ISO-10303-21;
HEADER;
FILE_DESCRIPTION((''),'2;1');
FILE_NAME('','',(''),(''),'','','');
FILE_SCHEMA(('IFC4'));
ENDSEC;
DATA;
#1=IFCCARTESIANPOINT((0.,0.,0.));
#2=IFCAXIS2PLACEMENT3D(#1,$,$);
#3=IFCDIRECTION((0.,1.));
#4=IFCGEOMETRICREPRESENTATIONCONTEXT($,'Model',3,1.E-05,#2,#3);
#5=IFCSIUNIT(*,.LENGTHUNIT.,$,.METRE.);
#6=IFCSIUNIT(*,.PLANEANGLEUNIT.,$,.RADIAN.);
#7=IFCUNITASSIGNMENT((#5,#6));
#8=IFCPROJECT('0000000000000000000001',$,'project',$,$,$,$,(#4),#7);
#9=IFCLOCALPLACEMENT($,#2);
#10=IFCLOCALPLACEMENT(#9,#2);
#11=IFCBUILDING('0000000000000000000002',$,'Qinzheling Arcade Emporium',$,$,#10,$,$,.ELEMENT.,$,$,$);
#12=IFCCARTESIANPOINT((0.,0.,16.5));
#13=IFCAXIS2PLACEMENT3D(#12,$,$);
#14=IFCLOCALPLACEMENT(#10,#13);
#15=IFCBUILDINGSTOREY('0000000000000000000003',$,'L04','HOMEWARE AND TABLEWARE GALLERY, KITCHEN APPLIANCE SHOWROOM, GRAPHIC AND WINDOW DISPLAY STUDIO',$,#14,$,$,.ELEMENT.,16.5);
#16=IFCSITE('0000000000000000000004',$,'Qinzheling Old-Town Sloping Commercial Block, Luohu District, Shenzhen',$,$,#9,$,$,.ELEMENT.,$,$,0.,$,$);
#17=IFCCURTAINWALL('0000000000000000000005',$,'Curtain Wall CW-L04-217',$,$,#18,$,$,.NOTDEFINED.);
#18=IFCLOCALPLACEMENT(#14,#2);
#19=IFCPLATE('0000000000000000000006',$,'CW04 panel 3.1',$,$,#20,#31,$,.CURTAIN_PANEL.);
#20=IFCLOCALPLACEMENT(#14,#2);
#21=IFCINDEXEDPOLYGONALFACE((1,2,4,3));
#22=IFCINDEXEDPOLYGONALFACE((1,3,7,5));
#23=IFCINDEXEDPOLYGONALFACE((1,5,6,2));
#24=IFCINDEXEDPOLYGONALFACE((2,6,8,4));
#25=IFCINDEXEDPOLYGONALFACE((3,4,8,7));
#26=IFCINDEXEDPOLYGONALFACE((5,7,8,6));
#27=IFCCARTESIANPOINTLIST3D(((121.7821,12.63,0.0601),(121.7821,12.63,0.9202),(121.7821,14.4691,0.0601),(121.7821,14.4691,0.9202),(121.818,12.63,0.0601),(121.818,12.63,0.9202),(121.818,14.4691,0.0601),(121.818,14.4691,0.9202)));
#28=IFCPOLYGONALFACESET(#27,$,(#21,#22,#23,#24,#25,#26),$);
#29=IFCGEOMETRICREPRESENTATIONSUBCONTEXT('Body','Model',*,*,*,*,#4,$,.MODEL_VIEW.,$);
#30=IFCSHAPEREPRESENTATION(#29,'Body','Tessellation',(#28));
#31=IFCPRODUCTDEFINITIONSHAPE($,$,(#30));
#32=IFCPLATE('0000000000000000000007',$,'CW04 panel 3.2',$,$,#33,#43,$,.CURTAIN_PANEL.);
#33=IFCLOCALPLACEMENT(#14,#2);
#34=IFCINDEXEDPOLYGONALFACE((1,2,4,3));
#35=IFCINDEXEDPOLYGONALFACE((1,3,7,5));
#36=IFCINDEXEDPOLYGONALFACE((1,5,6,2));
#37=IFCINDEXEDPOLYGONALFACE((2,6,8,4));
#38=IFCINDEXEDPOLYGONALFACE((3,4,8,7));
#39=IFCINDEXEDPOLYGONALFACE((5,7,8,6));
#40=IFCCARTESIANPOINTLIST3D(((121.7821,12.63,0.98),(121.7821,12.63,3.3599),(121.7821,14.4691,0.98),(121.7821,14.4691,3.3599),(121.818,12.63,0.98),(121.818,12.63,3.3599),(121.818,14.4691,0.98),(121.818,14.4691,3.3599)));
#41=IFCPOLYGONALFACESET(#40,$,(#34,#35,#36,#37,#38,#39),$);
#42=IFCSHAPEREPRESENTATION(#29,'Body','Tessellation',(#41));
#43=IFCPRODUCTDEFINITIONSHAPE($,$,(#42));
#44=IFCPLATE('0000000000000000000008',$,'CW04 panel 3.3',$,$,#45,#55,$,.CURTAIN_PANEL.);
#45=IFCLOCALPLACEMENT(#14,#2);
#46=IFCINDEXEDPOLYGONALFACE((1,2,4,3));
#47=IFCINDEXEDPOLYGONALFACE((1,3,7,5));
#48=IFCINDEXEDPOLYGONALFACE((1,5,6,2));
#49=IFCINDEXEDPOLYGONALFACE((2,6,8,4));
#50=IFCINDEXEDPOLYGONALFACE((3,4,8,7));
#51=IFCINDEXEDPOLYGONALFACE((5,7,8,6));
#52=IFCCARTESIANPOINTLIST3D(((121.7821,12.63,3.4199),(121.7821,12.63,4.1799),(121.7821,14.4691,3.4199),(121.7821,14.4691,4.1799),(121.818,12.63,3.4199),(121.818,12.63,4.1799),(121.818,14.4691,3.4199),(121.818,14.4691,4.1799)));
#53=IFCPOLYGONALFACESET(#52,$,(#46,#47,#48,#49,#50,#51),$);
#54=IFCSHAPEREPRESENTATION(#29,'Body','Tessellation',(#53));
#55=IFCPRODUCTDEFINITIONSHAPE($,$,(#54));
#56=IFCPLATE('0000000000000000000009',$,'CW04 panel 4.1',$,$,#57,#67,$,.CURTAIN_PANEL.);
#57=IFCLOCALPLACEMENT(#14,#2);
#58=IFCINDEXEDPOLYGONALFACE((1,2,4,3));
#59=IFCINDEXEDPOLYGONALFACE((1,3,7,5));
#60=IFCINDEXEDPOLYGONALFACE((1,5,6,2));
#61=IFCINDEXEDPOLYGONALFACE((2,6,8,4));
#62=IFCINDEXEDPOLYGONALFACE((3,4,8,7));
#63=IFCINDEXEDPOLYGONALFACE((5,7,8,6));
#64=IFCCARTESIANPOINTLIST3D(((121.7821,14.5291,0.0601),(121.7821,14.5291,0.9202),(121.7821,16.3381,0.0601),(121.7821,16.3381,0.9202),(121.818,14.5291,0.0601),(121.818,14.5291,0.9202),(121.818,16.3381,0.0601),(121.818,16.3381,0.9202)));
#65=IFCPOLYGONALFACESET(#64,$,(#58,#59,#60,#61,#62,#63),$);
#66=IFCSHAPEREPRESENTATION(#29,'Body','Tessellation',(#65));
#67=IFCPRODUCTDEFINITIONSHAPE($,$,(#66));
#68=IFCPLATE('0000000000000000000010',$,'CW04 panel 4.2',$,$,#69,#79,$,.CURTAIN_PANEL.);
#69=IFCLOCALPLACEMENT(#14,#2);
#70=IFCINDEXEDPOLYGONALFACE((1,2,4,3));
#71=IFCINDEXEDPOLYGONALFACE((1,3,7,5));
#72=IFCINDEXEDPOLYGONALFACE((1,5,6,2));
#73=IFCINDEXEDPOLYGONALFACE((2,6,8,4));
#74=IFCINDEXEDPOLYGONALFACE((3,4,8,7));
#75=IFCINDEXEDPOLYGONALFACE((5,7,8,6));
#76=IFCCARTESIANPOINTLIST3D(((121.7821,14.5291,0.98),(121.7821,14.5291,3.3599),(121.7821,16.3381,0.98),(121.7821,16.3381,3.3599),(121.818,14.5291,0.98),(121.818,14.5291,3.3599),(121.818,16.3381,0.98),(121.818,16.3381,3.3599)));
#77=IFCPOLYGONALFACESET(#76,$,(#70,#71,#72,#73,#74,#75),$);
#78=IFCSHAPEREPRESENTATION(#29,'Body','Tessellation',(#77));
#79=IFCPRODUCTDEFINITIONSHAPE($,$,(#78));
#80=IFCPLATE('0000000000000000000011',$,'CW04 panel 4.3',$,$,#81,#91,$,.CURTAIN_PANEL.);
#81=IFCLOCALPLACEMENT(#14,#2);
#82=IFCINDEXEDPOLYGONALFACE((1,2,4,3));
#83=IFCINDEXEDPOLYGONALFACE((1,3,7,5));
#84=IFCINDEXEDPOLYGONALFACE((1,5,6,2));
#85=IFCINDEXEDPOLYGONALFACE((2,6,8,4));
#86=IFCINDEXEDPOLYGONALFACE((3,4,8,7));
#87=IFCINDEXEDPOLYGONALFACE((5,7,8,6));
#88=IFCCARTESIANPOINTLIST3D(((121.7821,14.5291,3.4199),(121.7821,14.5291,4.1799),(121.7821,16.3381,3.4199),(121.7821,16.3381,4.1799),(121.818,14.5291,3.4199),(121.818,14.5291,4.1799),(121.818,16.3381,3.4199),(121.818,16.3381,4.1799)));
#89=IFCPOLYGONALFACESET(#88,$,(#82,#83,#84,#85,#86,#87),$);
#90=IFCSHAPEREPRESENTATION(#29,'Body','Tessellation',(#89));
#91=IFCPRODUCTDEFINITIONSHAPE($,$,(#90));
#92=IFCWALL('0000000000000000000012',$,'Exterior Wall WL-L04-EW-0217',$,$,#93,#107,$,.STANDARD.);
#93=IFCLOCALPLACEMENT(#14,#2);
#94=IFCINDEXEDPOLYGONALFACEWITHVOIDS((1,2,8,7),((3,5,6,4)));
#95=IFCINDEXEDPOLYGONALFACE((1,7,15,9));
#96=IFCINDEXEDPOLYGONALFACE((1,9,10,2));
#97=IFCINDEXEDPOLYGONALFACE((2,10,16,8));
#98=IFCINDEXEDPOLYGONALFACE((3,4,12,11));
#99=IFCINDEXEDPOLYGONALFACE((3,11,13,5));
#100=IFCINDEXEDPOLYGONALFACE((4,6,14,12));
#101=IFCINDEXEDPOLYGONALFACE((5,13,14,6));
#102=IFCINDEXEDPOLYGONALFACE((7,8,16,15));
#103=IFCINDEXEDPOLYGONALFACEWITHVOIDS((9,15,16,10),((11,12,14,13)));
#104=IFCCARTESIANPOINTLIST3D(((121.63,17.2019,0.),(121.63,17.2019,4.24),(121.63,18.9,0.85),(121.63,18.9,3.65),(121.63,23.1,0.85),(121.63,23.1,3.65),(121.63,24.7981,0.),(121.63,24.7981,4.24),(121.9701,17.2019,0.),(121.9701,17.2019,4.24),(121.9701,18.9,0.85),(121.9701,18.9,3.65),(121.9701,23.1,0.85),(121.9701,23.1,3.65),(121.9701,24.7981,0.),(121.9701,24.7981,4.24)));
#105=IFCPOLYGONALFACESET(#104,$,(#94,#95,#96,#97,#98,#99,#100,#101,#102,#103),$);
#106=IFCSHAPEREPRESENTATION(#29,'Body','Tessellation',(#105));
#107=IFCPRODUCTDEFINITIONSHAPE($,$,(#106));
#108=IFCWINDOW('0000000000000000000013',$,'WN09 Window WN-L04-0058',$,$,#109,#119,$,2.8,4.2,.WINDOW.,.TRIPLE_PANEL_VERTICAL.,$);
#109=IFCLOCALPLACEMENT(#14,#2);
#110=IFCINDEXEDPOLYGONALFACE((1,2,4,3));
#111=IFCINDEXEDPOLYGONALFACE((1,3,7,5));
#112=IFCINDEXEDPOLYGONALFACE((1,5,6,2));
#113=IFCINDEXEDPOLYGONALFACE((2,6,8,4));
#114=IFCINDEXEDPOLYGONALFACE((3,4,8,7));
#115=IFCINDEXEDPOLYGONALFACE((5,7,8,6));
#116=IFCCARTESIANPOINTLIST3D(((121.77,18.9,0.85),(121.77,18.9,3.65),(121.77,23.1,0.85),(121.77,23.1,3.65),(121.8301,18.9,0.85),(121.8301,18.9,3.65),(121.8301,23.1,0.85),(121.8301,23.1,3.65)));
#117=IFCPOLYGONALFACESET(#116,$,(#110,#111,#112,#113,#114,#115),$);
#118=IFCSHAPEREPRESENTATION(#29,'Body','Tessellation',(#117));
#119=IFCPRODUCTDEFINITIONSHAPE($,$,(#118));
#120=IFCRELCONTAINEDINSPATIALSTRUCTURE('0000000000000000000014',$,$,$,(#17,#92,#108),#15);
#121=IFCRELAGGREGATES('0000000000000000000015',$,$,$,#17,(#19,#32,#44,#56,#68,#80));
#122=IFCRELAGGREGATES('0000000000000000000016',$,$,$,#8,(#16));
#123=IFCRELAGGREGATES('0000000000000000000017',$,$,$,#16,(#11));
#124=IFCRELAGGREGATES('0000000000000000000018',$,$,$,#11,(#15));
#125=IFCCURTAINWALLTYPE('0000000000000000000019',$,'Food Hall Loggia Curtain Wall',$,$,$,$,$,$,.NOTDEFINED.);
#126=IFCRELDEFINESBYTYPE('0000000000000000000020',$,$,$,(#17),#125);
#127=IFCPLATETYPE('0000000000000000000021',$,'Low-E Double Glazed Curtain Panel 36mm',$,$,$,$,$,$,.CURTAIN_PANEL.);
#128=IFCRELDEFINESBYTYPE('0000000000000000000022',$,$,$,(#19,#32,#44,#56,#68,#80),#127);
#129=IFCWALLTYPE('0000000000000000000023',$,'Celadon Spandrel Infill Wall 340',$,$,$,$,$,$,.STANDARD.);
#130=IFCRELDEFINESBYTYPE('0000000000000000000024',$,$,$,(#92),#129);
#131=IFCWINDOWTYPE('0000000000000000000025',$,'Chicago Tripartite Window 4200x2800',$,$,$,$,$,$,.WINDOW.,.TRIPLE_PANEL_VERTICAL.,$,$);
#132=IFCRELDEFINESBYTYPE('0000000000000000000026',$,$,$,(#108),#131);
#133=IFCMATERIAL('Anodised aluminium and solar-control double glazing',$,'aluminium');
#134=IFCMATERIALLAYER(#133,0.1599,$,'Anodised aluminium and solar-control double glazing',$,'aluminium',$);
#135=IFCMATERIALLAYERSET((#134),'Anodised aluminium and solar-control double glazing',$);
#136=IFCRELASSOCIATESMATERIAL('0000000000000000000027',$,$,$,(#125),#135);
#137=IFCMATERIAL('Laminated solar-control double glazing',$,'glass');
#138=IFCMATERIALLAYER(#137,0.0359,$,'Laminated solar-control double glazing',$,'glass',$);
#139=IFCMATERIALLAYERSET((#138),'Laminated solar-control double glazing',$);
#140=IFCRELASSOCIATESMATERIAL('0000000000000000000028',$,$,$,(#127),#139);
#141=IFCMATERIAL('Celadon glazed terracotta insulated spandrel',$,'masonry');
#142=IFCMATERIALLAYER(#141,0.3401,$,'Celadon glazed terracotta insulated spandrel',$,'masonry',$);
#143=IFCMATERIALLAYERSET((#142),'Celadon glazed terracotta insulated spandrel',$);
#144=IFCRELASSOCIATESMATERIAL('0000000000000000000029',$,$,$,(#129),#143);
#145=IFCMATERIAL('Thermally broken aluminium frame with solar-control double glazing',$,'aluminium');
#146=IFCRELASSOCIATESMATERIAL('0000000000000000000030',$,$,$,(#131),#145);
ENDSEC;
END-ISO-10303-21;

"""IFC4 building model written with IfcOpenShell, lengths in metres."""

from ifc_helpers import new_model, si_unit, direction, frame, frame_2d, origin, origin_2d, place, context, subcontext, project, spatial, rectangle, extrude, material, layer, layer_set, type_object, element, fill, aggregate, save


model = new_model("IFC4")

# Units and contexts
model_context = context("Model", 3, precision=1e-05, world=origin(), true_north=direction((0.0, 1.0)))
body_context = subcontext(model_context, "Body", "Model", "MODEL_VIEW")
ifc_project = project(units=[si_unit("LENGTHUNIT", "METRE"), si_unit("PLANEANGLEUNIT", "RADIAN")], contexts=[model_context])

# Site, building, storey
site_placement = place(None, origin())
site = spatial("IfcSite", under=ifc_project, at=site_placement, Name="Qinzheling Old-Town Sloping Commercial Block, Luohu District, Shenzhen", CompositionType="ELEMENT", RefElevation=0.0)
building_placement = place(site_placement, origin())
building = spatial("IfcBuilding", under=site, at=building_placement, Name="Qinzheling Arcade Emporium", CompositionType="ELEMENT")
storey_placement = place(building_placement, frame((0.0, 0.0, 16.5)))
storey = spatial("IfcBuildingStorey", under=building, at=storey_placement, Name="L04", Description="HOMEWARE AND TABLEWARE GALLERY, KITCHEN APPLIANCE SHOWROOM, GRAPHIC AND WINDOW DISPLAY STUDIO", CompositionType="ELEMENT", Elevation=16.5)

# Curtain wall
ifc_material_1 = material(Name="Anodised aluminium and solar-control double glazing", Category="aluminium")
ifc_layer_1 = layer(ifc_material_1, 0.1599, Name="Anodised aluminium and solar-control double glazing", Category="aluminium")
ifc_layer_set_1 = layer_set([ifc_layer_1], Name="Anodised aluminium and solar-control double glazing")
curtain_wall_type = type_object("IfcCurtainWallType", Name="Food Hall Loggia Curtain Wall", PredefinedType="NOTDEFINED", material=ifc_layer_set_1)
curtain_wall_placement = place(storey_placement, origin())
curtain_wall = element("IfcCurtainWall", 1, at=curtain_wall_placement, inside=storey, type_object=curtain_wall_type, Name="Curtain Wall CW-L04-217", PredefinedType="NOTDEFINED")

# Plates
ifc_material_2 = material(Name="Laminated solar-control double glazing", Category="glass")
ifc_layer_2 = layer(ifc_material_2, 0.0359, Name="Laminated solar-control double glazing", Category="glass")
ifc_layer_set_2 = layer_set([ifc_layer_2], Name="Laminated solar-control double glazing")
plate_type = type_object("IfcPlateType", Name="Low-E Double Glazed Curtain Panel 36mm", PredefinedType="CURTAIN_PANEL", material=ifc_layer_set_2)
plate_1_placement = place(storey_placement, frame((121.8, 13.5496, 0.0601), z_axis=(0.0, 0.0, 1.0), x_axis=(0.0, 1.0, 0.0)))
plate_1 = element("IfcPlate", 2, at=plate_1_placement, type_object=plate_type, Name="CW04 panel 3.1", PredefinedType="CURTAIN_PANEL", context=body_context, shape_type="SweptSolid", body=[
    extrude(rectangle(XDim=1.8391, YDim=0.0359, at=origin_2d()), origin(), (0.0, 0.0, 1.0), 0.8601),
])
plate_2_placement = place(storey_placement, frame((121.8, 13.5496, 0.98), z_axis=(0.0, 0.0, 1.0), x_axis=(0.0, 1.0, 0.0)))
plate_2 = element("IfcPlate", 3, at=plate_2_placement, type_object=plate_type, Name="CW04 panel 3.2", PredefinedType="CURTAIN_PANEL", context=body_context, shape_type="SweptSolid", body=[
    extrude(rectangle(XDim=1.8391, YDim=0.0359, at=origin_2d()), origin(), (0.0, 0.0, 1.0), 2.3799),
])
plate_3_placement = place(storey_placement, frame((121.8, 13.5496, 3.4199), z_axis=(0.0, 0.0, 1.0), x_axis=(0.0, 1.0, 0.0)))
plate_3 = element("IfcPlate", 4, at=plate_3_placement, type_object=plate_type, Name="CW04 panel 3.3", PredefinedType="CURTAIN_PANEL", context=body_context, shape_type="SweptSolid", body=[
    extrude(rectangle(XDim=1.8391, YDim=0.0359, at=origin_2d()), origin(), (0.0, 0.0, 1.0), 0.76),
])
plate_4_placement = place(storey_placement, frame((121.8, 15.4336, 0.0601), z_axis=(0.0, 0.0, 1.0), x_axis=(0.0, 1.0, 0.0)))
plate_4 = element("IfcPlate", 5, at=plate_4_placement, type_object=plate_type, Name="CW04 panel 4.1", PredefinedType="CURTAIN_PANEL", context=body_context, shape_type="SweptSolid", body=[
    extrude(rectangle(XDim=1.8091, YDim=0.0359, at=origin_2d()), origin(), (0.0, 0.0, 1.0), 0.8601),
])
plate_5_placement = place(storey_placement, frame((121.8, 15.4336, 0.98), z_axis=(0.0, 0.0, 1.0), x_axis=(0.0, 1.0, 0.0)))
plate_5 = element("IfcPlate", 6, at=plate_5_placement, type_object=plate_type, Name="CW04 panel 4.2", PredefinedType="CURTAIN_PANEL", context=body_context, shape_type="SweptSolid", body=[
    extrude(rectangle(XDim=1.8091, YDim=0.0359, at=origin_2d()), origin(), (0.0, 0.0, 1.0), 2.3799),
])
plate_6_placement = place(storey_placement, frame((121.8, 15.4336, 3.4199), z_axis=(0.0, 0.0, 1.0), x_axis=(0.0, 1.0, 0.0)))
plate_6 = element("IfcPlate", 7, at=plate_6_placement, type_object=plate_type, Name="CW04 panel 4.3", PredefinedType="CURTAIN_PANEL", context=body_context, shape_type="SweptSolid", body=[
    extrude(rectangle(XDim=1.8091, YDim=0.0359, at=origin_2d()), origin(), (0.0, 0.0, 1.0), 0.76),
])
aggregate(curtain_wall, [plate_1, plate_2, plate_3, plate_4, plate_5, plate_6])

# Wall, opening, window
ifc_material_3 = material(Name="Celadon glazed terracotta insulated spandrel", Category="masonry")
ifc_layer_3 = layer(ifc_material_3, 0.3401, Name="Celadon glazed terracotta insulated spandrel", Category="masonry")
ifc_layer_set_3 = layer_set([ifc_layer_3], Name="Celadon glazed terracotta insulated spandrel")
wall_type = type_object("IfcWallType", Name="Celadon Spandrel Infill Wall 340", PredefinedType="STANDARD", material=ifc_layer_set_3)
wall_placement = place(storey_placement, frame((121.8, 17.2019, 0.0), z_axis=(0.0, 0.0, 1.0), x_axis=(0.0, 1.0, 0.0)))
wall = element("IfcWall", 8, at=wall_placement, inside=storey, type_object=wall_type, Name="Exterior Wall WL-L04-EW-0217", PredefinedType="STANDARD", context=body_context, shape_type="SweptSolid", body=[
    extrude(rectangle(XDim=7.5962, YDim=0.3401, at=frame_2d((3.7981, 0.0))), origin(), (0.0, 0.0, 1.0), 4.24),
])
opening_placement = place(wall_placement, frame((1.698, 0.0, 0.8501)))
opening = element("IfcOpeningElement", 9, at=opening_placement, cuts=wall, PredefinedType="OPENING", context=body_context, shape_type="SweptSolid", body=[
    extrude(rectangle(XDim=4.2, YDim=2.8, at=frame_2d((2.1001, 1.3999))), frame((0.0, 0.1802, 0.0), z_axis=(0.0, -1.0, 0.0), x_axis=(1.0, 0.0, 0.0)), (0.0, 0.0, 1.0), 0.3601),
])
ifc_material_4 = material(Name="Thermally broken aluminium frame with solar-control double glazing", Category="aluminium")
window_type = type_object("IfcWindowType", Name="Chicago Tripartite Window 4200x2800", PartitioningType="TRIPLE_PANEL_VERTICAL", PredefinedType="WINDOW", material=ifc_material_4)
window_placement = place(opening_placement, origin())
window = element("IfcWindow", 10, at=window_placement, inside=storey, type_object=window_type, Name="WN09 Window WN-L04-0058", OverallHeight=2.8, OverallWidth=4.2, PartitioningType="TRIPLE_PANEL_VERTICAL", PredefinedType="WINDOW", context=body_context, shape_type="SweptSolid", body=[
    extrude(rectangle(XDim=4.2, YDim=2.8, at=frame_2d((2.1001, 1.3999))), frame((0.0, 0.03, 0.0), z_axis=(0.0, -1.0, 0.0), x_axis=(1.0, 0.0, 0.0)), (0.0, 0.0, 1.0), 0.0601),
])
fill(opening, window)

save(model, "model.ifc")
